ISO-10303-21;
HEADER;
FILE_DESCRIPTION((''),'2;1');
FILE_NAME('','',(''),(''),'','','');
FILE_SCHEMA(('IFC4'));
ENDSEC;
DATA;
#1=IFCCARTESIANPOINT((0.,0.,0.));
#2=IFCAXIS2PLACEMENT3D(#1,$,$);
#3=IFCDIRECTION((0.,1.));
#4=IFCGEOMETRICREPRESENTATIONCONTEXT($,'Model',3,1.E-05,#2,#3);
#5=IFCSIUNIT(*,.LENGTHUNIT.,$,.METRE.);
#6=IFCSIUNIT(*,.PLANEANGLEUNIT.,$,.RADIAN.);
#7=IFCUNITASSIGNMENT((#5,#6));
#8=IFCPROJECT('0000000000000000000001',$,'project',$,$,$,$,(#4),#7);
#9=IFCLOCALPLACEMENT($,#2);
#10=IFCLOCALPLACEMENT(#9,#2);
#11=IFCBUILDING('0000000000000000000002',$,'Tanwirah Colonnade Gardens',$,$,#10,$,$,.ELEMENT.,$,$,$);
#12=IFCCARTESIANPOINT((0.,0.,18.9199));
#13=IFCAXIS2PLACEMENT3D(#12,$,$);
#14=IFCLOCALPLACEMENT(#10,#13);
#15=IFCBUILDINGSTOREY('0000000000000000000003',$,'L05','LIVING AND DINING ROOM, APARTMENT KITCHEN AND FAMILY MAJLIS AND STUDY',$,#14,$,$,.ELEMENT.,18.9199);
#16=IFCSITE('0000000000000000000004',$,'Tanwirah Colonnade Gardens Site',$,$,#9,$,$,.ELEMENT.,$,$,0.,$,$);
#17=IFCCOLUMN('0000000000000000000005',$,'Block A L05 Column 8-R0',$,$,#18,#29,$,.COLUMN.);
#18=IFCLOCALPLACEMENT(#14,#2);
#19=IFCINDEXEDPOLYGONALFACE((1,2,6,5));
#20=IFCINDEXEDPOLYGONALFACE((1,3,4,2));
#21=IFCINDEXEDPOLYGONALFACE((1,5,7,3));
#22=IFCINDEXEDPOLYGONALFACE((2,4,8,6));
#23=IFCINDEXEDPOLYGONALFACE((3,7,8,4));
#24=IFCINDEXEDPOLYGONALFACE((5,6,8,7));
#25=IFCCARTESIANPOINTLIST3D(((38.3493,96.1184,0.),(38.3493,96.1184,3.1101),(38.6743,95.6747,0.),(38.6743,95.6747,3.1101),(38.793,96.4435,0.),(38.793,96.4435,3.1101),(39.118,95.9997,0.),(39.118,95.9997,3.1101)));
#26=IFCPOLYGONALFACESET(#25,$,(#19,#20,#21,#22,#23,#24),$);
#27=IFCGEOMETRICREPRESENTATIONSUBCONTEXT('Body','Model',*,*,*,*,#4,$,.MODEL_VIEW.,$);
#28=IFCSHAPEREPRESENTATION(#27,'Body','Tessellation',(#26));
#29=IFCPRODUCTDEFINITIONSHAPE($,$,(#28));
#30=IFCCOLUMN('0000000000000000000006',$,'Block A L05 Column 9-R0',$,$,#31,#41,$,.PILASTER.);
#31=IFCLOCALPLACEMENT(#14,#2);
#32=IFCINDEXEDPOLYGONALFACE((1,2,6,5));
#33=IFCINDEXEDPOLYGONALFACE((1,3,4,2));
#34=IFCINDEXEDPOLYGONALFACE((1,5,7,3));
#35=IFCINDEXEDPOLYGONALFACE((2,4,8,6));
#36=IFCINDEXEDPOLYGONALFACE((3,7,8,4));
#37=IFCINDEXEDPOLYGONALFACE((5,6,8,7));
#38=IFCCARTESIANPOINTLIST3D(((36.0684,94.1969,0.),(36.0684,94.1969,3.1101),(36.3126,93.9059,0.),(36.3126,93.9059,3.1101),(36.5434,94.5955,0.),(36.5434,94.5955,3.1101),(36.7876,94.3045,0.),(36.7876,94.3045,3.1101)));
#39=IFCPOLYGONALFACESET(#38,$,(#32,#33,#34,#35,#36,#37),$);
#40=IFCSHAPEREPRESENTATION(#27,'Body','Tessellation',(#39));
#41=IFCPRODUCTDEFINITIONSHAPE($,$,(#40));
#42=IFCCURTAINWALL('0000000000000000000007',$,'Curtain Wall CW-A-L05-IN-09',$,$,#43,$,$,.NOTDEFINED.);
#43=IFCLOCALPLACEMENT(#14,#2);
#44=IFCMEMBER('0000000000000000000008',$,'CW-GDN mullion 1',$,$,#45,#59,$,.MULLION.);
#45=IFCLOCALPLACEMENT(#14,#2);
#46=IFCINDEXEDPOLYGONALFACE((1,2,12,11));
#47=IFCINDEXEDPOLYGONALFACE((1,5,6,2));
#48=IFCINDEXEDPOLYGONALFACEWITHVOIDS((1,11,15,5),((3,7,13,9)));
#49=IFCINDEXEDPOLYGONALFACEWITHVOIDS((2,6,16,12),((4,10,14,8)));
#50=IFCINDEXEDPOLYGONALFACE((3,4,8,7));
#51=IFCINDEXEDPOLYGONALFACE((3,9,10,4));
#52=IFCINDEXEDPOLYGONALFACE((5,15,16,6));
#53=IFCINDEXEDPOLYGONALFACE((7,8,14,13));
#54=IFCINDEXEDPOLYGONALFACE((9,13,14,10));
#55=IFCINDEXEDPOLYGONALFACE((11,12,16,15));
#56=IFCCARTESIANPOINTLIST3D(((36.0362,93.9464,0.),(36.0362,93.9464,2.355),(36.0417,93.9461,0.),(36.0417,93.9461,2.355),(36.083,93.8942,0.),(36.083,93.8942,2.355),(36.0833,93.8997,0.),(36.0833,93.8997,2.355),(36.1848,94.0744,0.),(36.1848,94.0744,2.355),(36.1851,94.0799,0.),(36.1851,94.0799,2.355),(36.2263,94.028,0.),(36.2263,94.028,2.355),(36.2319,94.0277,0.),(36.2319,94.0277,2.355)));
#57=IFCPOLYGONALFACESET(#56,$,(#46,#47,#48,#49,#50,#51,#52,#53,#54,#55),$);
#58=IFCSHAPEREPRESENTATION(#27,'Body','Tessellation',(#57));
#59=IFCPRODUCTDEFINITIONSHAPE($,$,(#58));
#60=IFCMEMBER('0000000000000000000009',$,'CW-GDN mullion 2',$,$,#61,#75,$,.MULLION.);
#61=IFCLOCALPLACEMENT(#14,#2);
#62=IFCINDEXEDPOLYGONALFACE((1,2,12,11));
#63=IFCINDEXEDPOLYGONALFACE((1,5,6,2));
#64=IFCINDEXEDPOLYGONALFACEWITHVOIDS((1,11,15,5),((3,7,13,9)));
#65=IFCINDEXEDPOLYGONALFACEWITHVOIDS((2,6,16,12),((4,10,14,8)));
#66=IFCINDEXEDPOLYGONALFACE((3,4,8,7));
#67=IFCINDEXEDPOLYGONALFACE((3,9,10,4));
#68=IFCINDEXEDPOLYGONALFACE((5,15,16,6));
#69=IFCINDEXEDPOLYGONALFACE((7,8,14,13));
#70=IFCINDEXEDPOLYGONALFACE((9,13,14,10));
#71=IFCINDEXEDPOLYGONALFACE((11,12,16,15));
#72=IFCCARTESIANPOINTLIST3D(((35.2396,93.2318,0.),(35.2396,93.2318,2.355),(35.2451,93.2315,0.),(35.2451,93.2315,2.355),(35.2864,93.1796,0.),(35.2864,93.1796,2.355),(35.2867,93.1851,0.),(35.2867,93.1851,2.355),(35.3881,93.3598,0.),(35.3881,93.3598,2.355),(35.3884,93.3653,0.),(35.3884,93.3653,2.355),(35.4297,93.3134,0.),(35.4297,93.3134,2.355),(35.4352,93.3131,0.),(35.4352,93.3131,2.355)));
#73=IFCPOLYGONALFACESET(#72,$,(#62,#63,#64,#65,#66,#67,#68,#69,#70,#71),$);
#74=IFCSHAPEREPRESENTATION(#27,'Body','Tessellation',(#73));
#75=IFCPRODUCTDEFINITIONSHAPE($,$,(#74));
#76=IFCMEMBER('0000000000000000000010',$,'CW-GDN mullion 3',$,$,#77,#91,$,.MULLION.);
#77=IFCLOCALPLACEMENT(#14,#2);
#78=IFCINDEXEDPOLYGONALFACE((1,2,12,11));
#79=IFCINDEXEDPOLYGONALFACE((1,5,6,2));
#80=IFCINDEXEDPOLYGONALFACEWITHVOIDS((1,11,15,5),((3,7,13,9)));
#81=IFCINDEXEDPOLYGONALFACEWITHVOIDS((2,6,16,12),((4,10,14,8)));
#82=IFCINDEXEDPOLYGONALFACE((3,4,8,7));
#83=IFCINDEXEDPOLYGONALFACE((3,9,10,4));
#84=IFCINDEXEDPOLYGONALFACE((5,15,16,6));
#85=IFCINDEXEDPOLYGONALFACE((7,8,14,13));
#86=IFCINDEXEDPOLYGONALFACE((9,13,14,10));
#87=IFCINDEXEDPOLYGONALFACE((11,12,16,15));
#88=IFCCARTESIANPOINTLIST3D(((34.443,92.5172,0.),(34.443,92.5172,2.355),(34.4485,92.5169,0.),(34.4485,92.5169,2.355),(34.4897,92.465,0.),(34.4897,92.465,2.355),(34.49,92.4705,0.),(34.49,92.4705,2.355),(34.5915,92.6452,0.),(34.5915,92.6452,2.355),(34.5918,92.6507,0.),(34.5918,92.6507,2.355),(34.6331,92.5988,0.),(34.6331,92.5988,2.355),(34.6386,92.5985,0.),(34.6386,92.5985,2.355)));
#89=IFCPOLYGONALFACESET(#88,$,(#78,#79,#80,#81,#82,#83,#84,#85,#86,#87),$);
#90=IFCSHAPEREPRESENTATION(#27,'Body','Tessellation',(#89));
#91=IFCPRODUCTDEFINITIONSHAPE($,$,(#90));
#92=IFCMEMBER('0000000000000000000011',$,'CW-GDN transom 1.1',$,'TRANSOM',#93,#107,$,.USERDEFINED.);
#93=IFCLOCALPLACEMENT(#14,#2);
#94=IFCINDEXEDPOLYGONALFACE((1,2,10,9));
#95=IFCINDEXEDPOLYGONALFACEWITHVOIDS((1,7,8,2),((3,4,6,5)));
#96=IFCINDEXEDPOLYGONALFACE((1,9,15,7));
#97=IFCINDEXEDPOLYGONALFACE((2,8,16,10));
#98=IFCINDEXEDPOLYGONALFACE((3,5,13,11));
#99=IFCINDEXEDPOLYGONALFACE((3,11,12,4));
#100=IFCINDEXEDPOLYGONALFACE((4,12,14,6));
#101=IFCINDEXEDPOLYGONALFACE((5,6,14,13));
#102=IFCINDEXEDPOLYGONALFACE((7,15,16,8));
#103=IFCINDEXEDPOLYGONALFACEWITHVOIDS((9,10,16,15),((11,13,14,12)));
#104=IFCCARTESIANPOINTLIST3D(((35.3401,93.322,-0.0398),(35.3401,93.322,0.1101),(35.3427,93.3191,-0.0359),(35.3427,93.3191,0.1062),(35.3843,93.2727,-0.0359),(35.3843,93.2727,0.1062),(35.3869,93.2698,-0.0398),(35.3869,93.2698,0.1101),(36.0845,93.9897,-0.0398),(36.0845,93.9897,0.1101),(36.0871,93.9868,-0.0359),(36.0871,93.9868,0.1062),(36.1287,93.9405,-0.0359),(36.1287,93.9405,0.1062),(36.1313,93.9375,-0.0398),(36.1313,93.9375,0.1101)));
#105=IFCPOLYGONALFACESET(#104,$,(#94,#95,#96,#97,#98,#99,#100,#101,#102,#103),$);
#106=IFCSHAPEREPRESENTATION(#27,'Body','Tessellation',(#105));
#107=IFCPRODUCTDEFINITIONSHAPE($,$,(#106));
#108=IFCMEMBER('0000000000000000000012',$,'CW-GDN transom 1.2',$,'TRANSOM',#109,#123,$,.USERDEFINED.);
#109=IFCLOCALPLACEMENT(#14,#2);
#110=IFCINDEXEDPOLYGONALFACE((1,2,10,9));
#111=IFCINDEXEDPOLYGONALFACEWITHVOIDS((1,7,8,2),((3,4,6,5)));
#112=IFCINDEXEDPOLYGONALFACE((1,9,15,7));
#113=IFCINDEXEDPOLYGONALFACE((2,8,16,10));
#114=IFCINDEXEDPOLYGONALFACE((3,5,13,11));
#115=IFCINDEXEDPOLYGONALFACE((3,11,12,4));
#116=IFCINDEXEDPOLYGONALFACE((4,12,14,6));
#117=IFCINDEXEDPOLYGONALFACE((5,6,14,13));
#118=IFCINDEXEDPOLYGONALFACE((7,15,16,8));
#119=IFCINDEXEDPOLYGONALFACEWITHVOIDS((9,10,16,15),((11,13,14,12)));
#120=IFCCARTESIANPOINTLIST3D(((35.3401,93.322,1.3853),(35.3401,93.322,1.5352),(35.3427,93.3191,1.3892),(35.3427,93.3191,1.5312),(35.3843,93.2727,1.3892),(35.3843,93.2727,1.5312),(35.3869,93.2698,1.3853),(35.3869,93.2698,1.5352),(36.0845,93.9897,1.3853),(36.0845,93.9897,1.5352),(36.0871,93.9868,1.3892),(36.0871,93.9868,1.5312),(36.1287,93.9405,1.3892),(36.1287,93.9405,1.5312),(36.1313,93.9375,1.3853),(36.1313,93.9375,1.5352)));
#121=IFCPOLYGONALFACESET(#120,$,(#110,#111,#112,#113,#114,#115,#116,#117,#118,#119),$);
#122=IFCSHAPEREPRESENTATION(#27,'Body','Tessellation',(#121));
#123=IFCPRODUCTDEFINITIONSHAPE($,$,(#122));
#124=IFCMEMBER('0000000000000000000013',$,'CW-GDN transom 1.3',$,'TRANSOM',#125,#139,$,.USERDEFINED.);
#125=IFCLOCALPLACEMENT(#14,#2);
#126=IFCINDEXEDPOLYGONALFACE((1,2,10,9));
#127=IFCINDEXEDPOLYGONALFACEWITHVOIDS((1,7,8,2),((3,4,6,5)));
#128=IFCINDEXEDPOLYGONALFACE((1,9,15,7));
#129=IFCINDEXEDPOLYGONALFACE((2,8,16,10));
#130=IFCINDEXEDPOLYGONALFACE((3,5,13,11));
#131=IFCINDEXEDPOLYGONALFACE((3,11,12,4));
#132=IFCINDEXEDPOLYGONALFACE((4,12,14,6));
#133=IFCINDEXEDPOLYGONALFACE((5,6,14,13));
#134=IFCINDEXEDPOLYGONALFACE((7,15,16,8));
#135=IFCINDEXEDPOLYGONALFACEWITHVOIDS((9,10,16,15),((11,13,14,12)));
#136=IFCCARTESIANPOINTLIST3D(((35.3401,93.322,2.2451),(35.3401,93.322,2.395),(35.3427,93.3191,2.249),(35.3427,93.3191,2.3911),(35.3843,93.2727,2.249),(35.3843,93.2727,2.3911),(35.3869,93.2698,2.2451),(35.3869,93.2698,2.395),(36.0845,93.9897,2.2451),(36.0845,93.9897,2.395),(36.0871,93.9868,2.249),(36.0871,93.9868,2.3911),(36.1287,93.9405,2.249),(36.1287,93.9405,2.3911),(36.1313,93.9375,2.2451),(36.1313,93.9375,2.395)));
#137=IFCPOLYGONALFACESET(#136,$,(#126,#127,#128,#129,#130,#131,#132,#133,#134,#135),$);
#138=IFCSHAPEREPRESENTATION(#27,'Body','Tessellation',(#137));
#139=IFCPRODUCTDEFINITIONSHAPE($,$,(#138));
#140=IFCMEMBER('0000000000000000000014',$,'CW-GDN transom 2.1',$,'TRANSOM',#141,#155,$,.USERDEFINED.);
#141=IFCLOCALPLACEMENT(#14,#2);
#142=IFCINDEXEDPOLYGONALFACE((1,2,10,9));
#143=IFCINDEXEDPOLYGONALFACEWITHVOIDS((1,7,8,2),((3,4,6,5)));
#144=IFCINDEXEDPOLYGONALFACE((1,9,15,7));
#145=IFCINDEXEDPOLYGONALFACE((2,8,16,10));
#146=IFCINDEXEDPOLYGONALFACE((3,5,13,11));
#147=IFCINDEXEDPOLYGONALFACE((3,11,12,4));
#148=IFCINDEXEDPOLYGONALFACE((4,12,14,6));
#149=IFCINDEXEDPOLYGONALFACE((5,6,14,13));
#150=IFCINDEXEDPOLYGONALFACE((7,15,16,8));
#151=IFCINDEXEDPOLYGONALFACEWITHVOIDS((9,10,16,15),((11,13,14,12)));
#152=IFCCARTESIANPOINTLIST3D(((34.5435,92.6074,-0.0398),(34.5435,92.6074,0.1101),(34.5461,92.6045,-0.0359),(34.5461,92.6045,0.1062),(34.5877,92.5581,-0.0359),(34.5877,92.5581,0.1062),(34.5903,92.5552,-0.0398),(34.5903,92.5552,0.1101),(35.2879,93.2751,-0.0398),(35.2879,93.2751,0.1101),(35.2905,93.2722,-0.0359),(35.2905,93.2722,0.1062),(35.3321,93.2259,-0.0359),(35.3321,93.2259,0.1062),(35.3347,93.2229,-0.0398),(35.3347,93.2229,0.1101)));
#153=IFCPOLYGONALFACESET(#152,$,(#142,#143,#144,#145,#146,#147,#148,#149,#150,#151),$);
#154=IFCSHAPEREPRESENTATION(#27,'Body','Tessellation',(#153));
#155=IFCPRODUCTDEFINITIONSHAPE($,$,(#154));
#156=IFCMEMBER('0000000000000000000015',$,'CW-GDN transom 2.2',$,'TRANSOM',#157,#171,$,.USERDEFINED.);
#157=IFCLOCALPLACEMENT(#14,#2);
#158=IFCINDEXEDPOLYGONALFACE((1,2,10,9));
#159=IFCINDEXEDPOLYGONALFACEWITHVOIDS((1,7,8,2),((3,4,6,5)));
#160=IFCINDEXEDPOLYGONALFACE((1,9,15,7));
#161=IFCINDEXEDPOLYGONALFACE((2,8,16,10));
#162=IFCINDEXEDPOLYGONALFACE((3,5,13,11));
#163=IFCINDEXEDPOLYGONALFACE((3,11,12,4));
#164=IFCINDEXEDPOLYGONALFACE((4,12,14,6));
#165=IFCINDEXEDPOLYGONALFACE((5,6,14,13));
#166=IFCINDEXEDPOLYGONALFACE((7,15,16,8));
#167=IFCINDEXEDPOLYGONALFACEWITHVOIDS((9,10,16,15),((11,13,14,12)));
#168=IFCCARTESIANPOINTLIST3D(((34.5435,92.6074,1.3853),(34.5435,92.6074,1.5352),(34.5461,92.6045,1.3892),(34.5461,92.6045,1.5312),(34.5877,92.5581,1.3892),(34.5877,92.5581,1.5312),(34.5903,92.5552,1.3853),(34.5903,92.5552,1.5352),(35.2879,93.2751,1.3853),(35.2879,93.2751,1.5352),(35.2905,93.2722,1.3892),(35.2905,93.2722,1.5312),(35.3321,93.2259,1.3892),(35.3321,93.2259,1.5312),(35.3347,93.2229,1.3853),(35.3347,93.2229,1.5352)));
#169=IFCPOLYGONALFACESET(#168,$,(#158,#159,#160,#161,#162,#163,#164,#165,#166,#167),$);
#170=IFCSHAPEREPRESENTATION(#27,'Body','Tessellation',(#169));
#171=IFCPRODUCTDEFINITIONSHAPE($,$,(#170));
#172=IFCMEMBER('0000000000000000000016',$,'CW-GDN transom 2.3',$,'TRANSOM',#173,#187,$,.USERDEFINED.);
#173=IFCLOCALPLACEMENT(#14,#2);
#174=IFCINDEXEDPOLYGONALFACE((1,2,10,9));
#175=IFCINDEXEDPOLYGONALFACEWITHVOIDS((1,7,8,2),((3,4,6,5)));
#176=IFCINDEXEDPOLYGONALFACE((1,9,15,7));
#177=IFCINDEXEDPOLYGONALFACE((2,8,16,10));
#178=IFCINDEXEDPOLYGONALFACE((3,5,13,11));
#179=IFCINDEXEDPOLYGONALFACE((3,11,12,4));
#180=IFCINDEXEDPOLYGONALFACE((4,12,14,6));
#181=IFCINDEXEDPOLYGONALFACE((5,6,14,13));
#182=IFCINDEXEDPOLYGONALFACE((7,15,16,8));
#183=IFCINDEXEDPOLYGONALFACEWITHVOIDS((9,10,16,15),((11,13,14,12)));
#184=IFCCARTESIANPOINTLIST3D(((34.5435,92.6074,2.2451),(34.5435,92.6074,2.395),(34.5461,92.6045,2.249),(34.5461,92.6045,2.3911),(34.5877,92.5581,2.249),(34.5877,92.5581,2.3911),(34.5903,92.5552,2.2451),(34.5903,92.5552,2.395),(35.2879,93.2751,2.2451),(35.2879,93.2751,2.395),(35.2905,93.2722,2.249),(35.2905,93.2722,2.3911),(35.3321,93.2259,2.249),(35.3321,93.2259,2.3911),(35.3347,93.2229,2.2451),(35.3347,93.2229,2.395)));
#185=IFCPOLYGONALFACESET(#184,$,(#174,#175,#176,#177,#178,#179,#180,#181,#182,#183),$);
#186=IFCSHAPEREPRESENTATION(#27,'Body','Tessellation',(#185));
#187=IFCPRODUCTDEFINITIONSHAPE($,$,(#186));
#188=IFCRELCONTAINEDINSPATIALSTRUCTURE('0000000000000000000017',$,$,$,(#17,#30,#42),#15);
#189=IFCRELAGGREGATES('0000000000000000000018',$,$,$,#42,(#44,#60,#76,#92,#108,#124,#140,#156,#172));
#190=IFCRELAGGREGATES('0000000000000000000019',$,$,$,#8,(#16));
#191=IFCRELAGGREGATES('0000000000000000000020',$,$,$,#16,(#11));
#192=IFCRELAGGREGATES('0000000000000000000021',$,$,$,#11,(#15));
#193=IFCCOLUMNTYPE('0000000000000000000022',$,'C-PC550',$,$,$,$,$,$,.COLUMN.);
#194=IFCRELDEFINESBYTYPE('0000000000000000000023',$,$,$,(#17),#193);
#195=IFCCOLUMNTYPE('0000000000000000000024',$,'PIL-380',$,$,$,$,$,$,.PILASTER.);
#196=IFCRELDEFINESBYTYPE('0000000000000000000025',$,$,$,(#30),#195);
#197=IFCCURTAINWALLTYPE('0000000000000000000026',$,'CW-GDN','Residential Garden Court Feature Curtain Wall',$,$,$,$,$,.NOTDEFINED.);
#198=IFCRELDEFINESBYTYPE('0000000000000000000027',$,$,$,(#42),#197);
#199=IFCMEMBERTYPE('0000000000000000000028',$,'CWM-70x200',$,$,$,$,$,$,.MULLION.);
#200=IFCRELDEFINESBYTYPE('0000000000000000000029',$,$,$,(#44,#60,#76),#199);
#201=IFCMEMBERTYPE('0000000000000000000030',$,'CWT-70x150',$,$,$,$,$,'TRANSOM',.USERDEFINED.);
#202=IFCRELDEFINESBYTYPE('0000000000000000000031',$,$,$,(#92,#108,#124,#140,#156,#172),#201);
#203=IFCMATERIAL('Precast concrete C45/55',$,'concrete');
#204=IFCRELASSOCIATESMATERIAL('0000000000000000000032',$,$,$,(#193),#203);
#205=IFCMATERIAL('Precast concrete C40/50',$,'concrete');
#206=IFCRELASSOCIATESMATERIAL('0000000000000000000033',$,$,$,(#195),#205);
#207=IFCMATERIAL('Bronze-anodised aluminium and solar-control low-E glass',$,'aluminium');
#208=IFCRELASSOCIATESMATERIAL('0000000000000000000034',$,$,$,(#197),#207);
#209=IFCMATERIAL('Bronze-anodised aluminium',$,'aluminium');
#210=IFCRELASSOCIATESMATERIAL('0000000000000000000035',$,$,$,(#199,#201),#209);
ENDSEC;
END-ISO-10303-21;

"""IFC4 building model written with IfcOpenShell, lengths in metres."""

from ifc_helpers import new_model, si_unit, direction, frame, origin, origin_2d, place, context, subcontext, project, spatial, rectangle, hollow_rectangle, extrude, material, material_profile, profile_set, type_object, element, aggregate, save


model = new_model("IFC4")

# Units and contexts
model_context = context("Model", 3, precision=1e-05, world=origin(), true_north=direction((0.0, 1.0)))
body_context = subcontext(model_context, "Body", "Model", "MODEL_VIEW")
ifc_project = project(units=[si_unit("LENGTHUNIT", "METRE"), si_unit("PLANEANGLEUNIT", "RADIAN")], contexts=[model_context])

# Site, building, storey
site_placement = place(None, origin())
site = spatial("IfcSite", under=ifc_project, at=site_placement, Name="Tanwirah Colonnade Gardens Site", CompositionType="ELEMENT", RefElevation=0.0)
building_placement = place(site_placement, origin())
building = spatial("IfcBuilding", under=site, at=building_placement, Name="Tanwirah Colonnade Gardens", CompositionType="ELEMENT")
storey_placement = place(building_placement, frame((0.0, 0.0, 18.9199)))
storey = spatial("IfcBuildingStorey", under=building, at=storey_placement, Name="L05", Description="LIVING AND DINING ROOM, APARTMENT KITCHEN AND FAMILY MAJLIS AND STUDY", CompositionType="ELEMENT", Elevation=18.9199)

# Columns
ifc_material_1 = material(Name="Precast concrete C45/55", Category="concrete")
ifc_material_profile_1 = material_profile(ifc_material_1, rectangle(XDim=0.55, YDim=0.55, at=origin_2d()), Name="PC-COL 550x550")
ifc_profile_set_1 = profile_set([ifc_material_profile_1], Name="Precast concrete C45/55")
column_type_1 = type_object("IfcColumnType", Name="C-PC550", PredefinedType="COLUMN", material=ifc_profile_set_1)
column_1_placement = place(storey_placement, frame((38.7336, 96.0591, 0.0), z_axis=(0.0, 0.0, 1.0), x_axis=(-0.590919, 0.806731, 0.0)))
element("IfcColumn", 1, at=column_1_placement, inside=storey, type_object=column_type_1, Name="Block A L05 Column 8-R0", PredefinedType="COLUMN", context=body_context, shape_type="SweptSolid", body=[
    extrude(rectangle(XDim=0.55, YDim=0.55, at=origin_2d()), origin(), (0.0, 0.0, 1.0), 3.1101),
])
ifc_material_2 = material(Name="Precast concrete C40/50", Category="concrete")
ifc_material_profile_2 = material_profile(ifc_material_2, rectangle(XDim=0.3799, YDim=0.6201, at=origin_2d()), Name="PC-PIL 380x620")
ifc_profile_set_2 = profile_set([ifc_material_profile_2], Name="Precast concrete C40/50")
column_type_2 = type_object("IfcColumnType", Name="PIL-380", PredefinedType="PILASTER", material=ifc_profile_set_2)
column_2_placement = place(storey_placement, frame((36.428, 94.2507, 0.0), z_axis=(0.0, 0.0, 1.0), x_axis=(-0.642788, 0.766044, 0.0)))
element("IfcColumn", 2, at=column_2_placement, inside=storey, type_object=column_type_2, Name="Block A L05 Column 9-R0", PredefinedType="PILASTER", context=body_context, shape_type="SweptSolid", body=[
    extrude(rectangle(XDim=0.3799, YDim=0.6201, at=origin_2d()), origin(), (0.0, 0.0, 1.0), 3.1101),
])

# Curtain wall, members
ifc_material_3 = material(Name="Bronze-anodised aluminium and solar-control low-E glass", Category="aluminium")
curtain_wall_type = type_object("IfcCurtainWallType", Name="CW-GDN", Description="Residential Garden Court Feature Curtain Wall", PredefinedType="NOTDEFINED", material=ifc_material_3)
curtain_wall_placement = place(storey_placement, origin())
curtain_wall = element("IfcCurtainWall", 3, at=curtain_wall_placement, inside=storey, type_object=curtain_wall_type, Name="Curtain Wall CW-A-L05-IN-09", PredefinedType="NOTDEFINED")
ifc_material_4 = material(Name="Bronze-anodised aluminium", Category="aluminium")
ifc_material_profile_3 = material_profile(ifc_material_4, hollow_rectangle(XDim=0.0701, YDim=0.2, WallThickness=0.0039, at=origin_2d()), Name="CW-MUL 70x200x4")
ifc_profile_set_3 = profile_set([ifc_material_profile_3], Name="Bronze-anodised aluminium")
member_type_1 = type_object("IfcMemberType", Name="CWM-70x200", PredefinedType="MULLION", material=ifc_profile_set_3)
member_1_placement = place(storey_placement, frame((36.134, 93.9871, 0.0), z_axis=(0.0, 0.0, 1.0), x_axis=(0.667689, -0.74444, 0.0)))
member_1 = element("IfcMember", 4, at=member_1_placement, type_object=member_type_1, Name="CW-GDN mullion 1", PredefinedType="MULLION", context=body_context, shape_type="SweptSolid", body=[
    extrude(hollow_rectangle(XDim=0.0701, YDim=0.2, WallThickness=0.0039, at=origin_2d()), origin(), (0.0, 0.0, 1.0), 2.355),
])
member_2_placement = place(storey_placement, frame((35.3374, 93.2725, 0.0), z_axis=(0.0, 0.0, 1.0), x_axis=(0.667689, -0.74444, 0.0)))
member_2 = element("IfcMember", 5, at=member_2_placement, type_object=member_type_1, Name="CW-GDN mullion 2", PredefinedType="MULLION", context=body_context, shape_type="SweptSolid", body=[
    extrude(hollow_rectangle(XDim=0.0701, YDim=0.2, WallThickness=0.0039, at=origin_2d()), origin(), (0.0, 0.0, 1.0), 2.355),
])
member_3_placement = place(storey_placement, frame((34.5408, 92.5579, 0.0), z_axis=(0.0, 0.0, 1.0), x_axis=(0.667689, -0.74444, 0.0)))
member_3 = element("IfcMember", 6, at=member_3_placement, type_object=member_type_1, Name="CW-GDN mullion 3", PredefinedType="MULLION", context=body_context, shape_type="SweptSolid", body=[
    extrude(hollow_rectangle(XDim=0.0701, YDim=0.2, WallThickness=0.0039, at=origin_2d()), origin(), (0.0, 0.0, 1.0), 2.355),
])
ifc_material_profile_4 = material_profile(ifc_material_4, hollow_rectangle(XDim=0.0701, YDim=0.1499, WallThickness=0.0039, at=origin_2d()), Name="CW-TRN 70x150x4")
ifc_profile_set_4 = profile_set([ifc_material_profile_4], Name="Bronze-anodised aluminium")
member_type_2 = type_object("IfcMemberType", Name="CWT-70x150", ElementType="TRANSOM", PredefinedType="USERDEFINED", material=ifc_profile_set_4)
member_4_placement = place(storey_placement, frame((36.1079, 93.9636, 0.0352), z_axis=(-0.744398, -0.667736, 0.0), x_axis=(0.667736, -0.744398, 0.0)))
member_4 = element("IfcMember", 7, at=member_4_placement, type_object=member_type_2, Name="CW-GDN transom 1.1", ObjectType="TRANSOM", PredefinedType="USERDEFINED", context=body_context, shape_type="SweptSolid", body=[
    extrude(hollow_rectangle(XDim=0.0701, YDim=0.1499, WallThickness=0.0039, at=origin_2d()), origin(), (0.0, 0.0, 1.0), 1.0),
])
member_5_placement = place(storey_placement, frame((36.1079, 93.9636, 1.4602), z_axis=(-0.744398, -0.667736, 0.0), x_axis=(0.667736, -0.744398, 0.0)))
member_5 = element("IfcMember", 8, at=member_5_placement, type_object=member_type_2, Name="CW-GDN transom 1.2", ObjectType="TRANSOM", PredefinedType="USERDEFINED", context=body_context, shape_type="SweptSolid", body=[
    extrude(hollow_rectangle(XDim=0.0701, YDim=0.1499, WallThickness=0.0039, at=origin_2d()), origin(), (0.0, 0.0, 1.0), 1.0),
])
member_6_placement = place(storey_placement, frame((36.1079, 93.9636, 2.3201), z_axis=(-0.744398, -0.667736, 0.0), x_axis=(0.667736, -0.744398, 0.0)))
member_6 = element("IfcMember", 9, at=member_6_placement, type_object=member_type_2, Name="CW-GDN transom 1.3", ObjectType="TRANSOM", PredefinedType="USERDEFINED", context=body_context, shape_type="SweptSolid", body=[
    extrude(hollow_rectangle(XDim=0.0701, YDim=0.1499, WallThickness=0.0039, at=origin_2d()), origin(), (0.0, 0.0, 1.0), 1.0),
])
member_7_placement = place(storey_placement, frame((35.3113, 93.249, 0.0352), z_axis=(-0.744398, -0.667736, 0.0), x_axis=(0.667736, -0.744398, 0.0)))
member_7 = element("IfcMember", 10, at=member_7_placement, type_object=member_type_2, Name="CW-GDN transom 2.1", ObjectType="TRANSOM", PredefinedType="USERDEFINED", context=body_context, shape_type="SweptSolid", body=[
    extrude(hollow_rectangle(XDim=0.0701, YDim=0.1499, WallThickness=0.0039, at=origin_2d()), origin(), (0.0, 0.0, 1.0), 1.0),
])
member_8_placement = place(storey_placement, frame((35.3113, 93.249, 1.4602), z_axis=(-0.744398, -0.667736, 0.0), x_axis=(0.667736, -0.744398, 0.0)))
member_8 = element("IfcMember", 11, at=member_8_placement, type_object=member_type_2, Name="CW-GDN transom 2.2", ObjectType="TRANSOM", PredefinedType="USERDEFINED", context=body_context, shape_type="SweptSolid", body=[
    extrude(hollow_rectangle(XDim=0.0701, YDim=0.1499, WallThickness=0.0039, at=origin_2d()), origin(), (0.0, 0.0, 1.0), 1.0),
])
member_9_placement = place(storey_placement, frame((35.3113, 93.249, 2.3201), z_axis=(-0.744398, -0.667736, 0.0), x_axis=(0.667736, -0.744398, 0.0)))
member_9 = element("IfcMember", 12, at=member_9_placement, type_object=member_type_2, Name="CW-GDN transom 2.3", ObjectType="TRANSOM", PredefinedType="USERDEFINED", context=body_context, shape_type="SweptSolid", body=[
    extrude(hollow_rectangle(XDim=0.0701, YDim=0.1499, WallThickness=0.0039, at=origin_2d()), origin(), (0.0, 0.0, 1.0), 1.0),
])

aggregate(curtain_wall, [member_1, member_2, member_3, member_4, member_5, member_6, member_7, member_8, member_9])

save(model, "model.ifc")
